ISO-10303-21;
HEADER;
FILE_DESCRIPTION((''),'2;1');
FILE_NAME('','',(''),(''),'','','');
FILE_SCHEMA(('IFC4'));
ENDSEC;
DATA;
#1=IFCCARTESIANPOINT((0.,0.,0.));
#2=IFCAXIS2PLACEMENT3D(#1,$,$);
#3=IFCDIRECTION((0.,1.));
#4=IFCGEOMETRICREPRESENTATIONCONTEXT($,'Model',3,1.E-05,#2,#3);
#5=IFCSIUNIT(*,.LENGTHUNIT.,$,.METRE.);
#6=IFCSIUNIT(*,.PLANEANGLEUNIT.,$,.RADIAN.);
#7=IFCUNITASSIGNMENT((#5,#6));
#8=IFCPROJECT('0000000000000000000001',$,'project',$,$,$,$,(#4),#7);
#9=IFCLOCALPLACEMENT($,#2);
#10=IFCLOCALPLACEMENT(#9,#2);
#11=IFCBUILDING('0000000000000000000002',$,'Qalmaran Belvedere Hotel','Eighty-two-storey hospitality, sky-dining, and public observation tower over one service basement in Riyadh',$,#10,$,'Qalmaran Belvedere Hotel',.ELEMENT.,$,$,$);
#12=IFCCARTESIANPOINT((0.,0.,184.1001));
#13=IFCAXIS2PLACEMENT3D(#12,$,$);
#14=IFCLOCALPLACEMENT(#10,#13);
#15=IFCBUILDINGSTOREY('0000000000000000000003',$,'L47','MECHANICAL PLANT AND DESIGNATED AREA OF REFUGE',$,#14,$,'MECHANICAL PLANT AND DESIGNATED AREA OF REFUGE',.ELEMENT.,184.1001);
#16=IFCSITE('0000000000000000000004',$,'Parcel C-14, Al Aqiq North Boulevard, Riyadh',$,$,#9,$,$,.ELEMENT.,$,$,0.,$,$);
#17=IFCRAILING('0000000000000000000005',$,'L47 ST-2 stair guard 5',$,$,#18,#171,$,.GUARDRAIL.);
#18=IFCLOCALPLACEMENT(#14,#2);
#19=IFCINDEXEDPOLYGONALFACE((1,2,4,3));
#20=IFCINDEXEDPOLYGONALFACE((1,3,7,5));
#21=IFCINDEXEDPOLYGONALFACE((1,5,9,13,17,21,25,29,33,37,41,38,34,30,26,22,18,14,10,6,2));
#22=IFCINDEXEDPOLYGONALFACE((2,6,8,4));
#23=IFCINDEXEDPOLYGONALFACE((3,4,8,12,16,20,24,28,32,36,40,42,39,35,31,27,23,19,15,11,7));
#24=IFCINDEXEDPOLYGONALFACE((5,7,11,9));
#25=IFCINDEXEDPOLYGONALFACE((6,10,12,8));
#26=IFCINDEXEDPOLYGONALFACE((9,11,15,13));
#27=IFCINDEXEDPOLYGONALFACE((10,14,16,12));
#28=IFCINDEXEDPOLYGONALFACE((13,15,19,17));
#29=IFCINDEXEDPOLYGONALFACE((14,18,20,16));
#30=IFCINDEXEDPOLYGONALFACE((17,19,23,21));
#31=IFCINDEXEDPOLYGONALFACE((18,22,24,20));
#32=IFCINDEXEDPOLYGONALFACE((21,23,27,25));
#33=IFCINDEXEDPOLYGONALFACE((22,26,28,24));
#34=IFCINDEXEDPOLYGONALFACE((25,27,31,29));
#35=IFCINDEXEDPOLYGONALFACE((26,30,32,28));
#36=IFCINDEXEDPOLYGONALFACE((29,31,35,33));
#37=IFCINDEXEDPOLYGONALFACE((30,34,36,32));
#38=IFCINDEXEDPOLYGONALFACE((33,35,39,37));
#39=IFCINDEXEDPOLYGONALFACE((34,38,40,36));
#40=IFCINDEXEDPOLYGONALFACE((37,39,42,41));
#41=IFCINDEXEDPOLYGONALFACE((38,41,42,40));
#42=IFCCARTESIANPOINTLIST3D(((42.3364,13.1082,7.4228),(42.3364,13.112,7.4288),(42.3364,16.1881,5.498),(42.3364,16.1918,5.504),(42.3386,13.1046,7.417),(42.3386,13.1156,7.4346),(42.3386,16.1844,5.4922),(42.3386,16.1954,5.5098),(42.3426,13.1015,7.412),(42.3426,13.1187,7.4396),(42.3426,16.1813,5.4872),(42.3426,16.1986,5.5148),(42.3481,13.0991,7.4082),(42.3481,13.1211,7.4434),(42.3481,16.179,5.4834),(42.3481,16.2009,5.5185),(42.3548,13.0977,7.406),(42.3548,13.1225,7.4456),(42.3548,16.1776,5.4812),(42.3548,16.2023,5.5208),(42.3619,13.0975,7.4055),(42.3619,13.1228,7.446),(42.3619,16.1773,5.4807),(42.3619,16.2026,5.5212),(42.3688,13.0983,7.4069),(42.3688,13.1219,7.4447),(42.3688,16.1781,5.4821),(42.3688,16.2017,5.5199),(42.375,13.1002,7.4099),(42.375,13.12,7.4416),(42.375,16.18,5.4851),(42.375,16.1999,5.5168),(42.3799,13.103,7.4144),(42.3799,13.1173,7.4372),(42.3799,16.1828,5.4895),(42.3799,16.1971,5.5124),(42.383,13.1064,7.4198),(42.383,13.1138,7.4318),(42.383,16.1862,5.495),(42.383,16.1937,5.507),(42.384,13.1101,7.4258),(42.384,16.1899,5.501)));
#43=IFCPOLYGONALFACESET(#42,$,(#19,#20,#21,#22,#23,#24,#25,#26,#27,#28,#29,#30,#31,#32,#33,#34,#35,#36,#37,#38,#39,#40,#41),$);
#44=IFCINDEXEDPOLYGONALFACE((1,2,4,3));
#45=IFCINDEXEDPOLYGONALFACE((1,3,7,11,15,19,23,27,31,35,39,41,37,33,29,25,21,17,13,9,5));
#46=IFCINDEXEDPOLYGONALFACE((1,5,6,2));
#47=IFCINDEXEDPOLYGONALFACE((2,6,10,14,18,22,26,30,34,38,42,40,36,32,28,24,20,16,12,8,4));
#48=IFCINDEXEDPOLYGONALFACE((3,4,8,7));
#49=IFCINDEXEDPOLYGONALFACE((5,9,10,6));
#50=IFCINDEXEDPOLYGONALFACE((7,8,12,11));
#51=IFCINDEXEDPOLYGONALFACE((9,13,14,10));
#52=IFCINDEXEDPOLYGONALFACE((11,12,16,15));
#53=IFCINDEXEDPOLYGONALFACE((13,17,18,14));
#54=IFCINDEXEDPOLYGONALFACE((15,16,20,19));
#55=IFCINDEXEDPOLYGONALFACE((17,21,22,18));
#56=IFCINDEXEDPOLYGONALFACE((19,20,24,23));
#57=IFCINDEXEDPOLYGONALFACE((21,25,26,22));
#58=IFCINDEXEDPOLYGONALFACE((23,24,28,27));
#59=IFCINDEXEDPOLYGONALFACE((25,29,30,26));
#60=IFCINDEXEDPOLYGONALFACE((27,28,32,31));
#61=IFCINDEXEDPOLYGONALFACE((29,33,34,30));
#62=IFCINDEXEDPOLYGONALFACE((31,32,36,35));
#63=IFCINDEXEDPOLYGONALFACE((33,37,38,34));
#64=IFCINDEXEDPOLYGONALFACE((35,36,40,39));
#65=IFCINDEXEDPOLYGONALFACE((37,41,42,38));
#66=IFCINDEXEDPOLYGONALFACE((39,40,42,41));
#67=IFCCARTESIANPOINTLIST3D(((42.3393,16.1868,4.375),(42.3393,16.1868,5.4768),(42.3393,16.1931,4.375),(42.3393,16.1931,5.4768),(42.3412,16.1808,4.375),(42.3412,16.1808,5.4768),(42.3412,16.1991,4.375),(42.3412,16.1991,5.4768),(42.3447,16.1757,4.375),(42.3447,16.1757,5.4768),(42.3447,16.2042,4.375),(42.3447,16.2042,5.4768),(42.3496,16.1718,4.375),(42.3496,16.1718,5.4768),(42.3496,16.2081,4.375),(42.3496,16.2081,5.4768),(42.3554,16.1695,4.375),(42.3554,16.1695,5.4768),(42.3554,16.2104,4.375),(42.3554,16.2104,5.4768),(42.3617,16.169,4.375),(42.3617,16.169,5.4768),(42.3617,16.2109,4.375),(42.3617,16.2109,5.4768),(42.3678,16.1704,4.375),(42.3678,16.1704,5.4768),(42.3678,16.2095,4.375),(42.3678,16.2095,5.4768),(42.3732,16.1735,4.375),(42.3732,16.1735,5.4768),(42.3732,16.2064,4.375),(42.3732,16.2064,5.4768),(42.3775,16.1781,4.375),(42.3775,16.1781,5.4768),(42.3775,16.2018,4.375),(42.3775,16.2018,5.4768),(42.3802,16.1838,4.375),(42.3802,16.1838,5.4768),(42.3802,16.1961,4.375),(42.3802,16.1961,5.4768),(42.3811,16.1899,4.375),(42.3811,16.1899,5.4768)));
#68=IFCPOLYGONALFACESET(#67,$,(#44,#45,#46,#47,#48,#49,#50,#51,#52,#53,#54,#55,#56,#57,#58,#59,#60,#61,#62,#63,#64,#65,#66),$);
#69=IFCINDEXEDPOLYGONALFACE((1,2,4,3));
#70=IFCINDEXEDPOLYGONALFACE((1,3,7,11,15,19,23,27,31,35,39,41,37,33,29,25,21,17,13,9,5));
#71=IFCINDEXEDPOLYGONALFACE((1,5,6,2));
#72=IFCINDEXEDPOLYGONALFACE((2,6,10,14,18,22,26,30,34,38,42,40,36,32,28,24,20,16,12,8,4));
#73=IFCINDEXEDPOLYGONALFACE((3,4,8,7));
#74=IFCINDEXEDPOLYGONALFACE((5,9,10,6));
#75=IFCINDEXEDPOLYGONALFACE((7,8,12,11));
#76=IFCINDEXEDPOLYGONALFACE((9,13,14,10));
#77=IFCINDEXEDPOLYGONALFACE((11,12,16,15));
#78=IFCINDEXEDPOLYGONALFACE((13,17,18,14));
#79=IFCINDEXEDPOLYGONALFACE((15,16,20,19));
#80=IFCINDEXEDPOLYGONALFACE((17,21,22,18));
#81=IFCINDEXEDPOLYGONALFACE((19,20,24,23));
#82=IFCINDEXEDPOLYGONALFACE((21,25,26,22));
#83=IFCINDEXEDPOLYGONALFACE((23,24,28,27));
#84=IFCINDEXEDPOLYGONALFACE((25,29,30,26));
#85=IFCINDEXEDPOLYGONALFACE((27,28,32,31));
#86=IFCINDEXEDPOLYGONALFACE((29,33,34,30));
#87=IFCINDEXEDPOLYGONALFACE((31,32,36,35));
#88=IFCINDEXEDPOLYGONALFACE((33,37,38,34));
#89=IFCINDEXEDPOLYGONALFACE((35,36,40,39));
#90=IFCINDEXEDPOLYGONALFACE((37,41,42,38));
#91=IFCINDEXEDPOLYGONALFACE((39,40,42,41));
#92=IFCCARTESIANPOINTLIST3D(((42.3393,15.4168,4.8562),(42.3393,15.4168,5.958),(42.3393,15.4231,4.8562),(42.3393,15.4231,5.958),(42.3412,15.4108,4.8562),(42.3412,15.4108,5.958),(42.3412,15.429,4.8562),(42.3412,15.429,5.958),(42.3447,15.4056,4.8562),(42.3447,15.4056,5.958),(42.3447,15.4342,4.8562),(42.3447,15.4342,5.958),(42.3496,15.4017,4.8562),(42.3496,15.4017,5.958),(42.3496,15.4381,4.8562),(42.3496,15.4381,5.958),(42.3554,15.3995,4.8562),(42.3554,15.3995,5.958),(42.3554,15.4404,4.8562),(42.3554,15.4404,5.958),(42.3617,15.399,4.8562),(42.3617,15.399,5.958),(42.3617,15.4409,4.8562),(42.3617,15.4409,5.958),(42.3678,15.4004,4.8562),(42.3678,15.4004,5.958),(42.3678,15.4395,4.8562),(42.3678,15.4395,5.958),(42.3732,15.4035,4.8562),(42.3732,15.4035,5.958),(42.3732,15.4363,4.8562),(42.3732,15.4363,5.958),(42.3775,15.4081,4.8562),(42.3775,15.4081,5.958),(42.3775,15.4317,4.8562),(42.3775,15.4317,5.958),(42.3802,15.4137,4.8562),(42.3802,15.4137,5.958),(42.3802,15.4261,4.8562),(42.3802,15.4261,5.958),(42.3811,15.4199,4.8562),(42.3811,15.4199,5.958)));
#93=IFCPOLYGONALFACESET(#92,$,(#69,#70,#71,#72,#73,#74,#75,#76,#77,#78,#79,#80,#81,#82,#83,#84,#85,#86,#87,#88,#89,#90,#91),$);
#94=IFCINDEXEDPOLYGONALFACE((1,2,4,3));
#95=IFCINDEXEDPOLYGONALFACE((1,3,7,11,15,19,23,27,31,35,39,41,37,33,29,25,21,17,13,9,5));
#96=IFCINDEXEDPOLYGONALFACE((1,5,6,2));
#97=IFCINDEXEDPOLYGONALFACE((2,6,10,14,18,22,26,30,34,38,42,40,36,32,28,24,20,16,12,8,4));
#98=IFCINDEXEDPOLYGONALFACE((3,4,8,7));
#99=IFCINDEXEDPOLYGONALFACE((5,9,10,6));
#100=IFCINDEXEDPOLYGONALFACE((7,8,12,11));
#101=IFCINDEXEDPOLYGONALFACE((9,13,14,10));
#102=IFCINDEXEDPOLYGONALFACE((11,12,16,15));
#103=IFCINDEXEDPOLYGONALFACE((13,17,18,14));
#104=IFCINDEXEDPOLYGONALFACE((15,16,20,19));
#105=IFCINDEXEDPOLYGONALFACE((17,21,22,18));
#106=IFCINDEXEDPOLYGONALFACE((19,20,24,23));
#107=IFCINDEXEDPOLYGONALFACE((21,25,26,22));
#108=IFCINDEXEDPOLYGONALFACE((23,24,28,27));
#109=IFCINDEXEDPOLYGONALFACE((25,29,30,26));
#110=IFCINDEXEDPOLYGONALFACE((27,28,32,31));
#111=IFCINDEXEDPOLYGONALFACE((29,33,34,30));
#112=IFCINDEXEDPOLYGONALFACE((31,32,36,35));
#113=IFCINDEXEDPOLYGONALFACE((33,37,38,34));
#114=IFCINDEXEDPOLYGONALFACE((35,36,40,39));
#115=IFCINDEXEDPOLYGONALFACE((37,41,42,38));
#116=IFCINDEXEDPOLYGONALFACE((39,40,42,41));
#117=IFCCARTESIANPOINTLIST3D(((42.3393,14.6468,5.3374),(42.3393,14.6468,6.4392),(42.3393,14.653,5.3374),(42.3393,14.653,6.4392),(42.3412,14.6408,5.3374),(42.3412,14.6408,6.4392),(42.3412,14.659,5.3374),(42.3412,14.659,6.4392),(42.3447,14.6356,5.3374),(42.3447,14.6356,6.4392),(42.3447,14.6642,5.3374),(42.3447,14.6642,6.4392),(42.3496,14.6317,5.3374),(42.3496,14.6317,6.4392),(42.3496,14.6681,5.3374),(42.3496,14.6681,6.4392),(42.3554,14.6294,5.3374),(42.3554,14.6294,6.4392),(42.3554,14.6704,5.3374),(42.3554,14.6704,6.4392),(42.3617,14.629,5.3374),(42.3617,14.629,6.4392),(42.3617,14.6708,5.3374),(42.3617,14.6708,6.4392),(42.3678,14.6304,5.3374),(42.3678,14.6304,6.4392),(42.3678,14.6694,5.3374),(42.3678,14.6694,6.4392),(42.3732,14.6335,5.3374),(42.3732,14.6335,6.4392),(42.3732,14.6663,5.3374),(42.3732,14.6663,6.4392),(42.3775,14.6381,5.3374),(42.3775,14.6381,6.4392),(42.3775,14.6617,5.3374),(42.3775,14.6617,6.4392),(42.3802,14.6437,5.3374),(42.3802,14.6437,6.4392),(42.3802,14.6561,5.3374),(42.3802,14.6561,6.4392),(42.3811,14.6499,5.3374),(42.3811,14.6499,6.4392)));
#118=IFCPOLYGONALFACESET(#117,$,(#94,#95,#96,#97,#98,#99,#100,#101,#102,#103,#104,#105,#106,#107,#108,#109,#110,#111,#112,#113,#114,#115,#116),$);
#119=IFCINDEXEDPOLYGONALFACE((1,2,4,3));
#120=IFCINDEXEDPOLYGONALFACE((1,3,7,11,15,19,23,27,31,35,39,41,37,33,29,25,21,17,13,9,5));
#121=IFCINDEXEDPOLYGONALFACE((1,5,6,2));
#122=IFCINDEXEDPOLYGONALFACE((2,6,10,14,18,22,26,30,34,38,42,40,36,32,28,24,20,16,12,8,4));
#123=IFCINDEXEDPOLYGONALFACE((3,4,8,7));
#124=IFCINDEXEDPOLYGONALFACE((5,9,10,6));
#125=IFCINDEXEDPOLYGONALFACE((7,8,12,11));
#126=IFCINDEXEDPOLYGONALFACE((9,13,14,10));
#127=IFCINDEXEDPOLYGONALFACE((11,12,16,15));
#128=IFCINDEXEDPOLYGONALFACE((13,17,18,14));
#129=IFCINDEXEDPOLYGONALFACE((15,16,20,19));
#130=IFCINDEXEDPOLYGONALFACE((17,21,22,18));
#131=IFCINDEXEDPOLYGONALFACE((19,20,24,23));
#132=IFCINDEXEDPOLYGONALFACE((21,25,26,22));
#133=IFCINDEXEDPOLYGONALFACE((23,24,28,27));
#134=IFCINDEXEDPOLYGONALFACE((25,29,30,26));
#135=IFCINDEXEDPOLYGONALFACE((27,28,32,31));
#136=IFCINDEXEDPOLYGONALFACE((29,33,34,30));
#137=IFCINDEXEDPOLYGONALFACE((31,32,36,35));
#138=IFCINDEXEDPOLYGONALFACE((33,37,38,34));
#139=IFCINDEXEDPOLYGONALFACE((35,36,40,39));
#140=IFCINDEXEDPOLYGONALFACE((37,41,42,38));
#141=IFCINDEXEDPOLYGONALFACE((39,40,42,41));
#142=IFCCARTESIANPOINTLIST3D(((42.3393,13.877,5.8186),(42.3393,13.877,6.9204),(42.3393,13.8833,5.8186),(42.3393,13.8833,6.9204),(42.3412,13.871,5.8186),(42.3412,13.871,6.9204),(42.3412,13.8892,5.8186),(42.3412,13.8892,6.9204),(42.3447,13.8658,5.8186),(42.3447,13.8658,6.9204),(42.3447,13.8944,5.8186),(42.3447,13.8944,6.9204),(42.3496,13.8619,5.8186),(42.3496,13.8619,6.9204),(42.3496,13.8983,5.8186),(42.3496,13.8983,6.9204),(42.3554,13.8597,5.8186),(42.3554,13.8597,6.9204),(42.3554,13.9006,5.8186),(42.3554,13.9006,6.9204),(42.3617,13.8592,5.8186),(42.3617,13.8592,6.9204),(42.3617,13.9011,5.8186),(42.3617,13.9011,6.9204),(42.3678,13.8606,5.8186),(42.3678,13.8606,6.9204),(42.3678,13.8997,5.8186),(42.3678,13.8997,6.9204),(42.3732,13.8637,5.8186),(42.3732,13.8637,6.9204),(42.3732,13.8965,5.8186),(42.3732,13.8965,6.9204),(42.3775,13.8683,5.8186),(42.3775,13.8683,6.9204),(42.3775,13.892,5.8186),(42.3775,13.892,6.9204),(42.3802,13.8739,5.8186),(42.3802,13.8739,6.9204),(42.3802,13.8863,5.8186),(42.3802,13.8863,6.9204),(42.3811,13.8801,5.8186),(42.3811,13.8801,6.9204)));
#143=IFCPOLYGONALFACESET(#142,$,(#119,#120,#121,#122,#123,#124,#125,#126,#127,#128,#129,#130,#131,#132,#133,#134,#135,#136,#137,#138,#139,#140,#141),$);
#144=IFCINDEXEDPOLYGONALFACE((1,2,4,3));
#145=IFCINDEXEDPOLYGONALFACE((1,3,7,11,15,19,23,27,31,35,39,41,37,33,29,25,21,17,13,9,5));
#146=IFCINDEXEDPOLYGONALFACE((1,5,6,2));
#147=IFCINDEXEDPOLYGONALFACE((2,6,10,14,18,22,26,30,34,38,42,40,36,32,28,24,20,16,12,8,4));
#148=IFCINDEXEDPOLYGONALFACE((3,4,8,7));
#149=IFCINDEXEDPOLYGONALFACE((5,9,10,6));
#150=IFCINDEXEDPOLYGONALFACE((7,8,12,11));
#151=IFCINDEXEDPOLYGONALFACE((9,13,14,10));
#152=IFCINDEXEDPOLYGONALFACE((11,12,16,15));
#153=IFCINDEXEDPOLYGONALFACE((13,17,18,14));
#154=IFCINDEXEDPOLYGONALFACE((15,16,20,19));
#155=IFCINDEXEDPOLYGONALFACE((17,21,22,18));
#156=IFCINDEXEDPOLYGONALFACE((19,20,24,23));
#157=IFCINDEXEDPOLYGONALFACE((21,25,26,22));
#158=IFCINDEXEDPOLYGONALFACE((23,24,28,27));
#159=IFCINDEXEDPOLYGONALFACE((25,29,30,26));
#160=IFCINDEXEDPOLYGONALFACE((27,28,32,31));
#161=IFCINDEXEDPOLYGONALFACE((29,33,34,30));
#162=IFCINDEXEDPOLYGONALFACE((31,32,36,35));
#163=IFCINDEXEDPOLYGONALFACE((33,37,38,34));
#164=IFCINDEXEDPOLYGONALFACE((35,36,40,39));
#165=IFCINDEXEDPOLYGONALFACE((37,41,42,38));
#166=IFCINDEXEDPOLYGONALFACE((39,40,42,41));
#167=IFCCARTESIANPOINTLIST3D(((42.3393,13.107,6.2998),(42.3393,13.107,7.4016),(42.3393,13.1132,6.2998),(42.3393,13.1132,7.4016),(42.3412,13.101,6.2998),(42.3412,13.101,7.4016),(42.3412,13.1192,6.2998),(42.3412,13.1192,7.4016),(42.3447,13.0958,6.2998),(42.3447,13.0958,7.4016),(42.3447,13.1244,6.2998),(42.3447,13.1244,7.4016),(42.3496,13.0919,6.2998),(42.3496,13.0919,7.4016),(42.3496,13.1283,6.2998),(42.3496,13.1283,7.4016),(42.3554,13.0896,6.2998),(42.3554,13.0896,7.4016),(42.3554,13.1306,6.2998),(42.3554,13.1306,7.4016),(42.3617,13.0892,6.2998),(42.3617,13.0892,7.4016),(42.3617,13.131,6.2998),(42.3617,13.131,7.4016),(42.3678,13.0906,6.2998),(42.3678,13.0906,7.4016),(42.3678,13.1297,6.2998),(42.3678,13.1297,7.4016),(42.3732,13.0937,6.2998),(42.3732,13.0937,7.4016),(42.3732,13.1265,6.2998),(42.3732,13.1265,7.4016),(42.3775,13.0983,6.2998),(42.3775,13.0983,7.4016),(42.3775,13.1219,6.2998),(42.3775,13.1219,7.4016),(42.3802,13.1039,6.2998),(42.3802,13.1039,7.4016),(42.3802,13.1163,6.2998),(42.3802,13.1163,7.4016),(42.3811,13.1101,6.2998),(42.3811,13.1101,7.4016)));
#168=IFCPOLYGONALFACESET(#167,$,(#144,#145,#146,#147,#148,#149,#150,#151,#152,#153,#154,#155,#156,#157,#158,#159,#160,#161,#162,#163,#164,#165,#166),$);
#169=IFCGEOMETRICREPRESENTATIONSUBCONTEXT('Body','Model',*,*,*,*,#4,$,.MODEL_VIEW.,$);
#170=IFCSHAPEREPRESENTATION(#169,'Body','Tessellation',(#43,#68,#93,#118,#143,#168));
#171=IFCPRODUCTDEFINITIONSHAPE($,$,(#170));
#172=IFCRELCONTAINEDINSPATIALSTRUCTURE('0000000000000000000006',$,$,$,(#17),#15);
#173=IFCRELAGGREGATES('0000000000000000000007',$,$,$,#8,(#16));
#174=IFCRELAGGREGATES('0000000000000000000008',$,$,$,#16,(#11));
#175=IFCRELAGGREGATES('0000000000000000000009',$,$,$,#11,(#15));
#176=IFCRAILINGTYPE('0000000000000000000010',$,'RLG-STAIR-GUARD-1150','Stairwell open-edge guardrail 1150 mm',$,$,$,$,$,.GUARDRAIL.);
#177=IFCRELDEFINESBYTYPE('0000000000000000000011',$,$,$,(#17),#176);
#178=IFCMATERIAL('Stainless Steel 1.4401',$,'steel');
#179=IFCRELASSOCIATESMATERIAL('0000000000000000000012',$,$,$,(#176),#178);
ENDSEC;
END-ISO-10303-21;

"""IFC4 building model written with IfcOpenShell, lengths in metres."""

from ifc_helpers import new_model, si_unit, direction, frame, origin, origin_2d, place, context, subcontext, project, spatial, circle, extrude, material, type_object, element, save


model = new_model("IFC4")

# Units and contexts
model_context = context("Model", 3, precision=1e-05, world=origin(), true_north=direction((0.0, 1.0)))
body_context = subcontext(model_context, "Body", "Model", "MODEL_VIEW")
ifc_project = project(units=[si_unit("LENGTHUNIT", "METRE"), si_unit("PLANEANGLEUNIT", "RADIAN")], contexts=[model_context])

# Site, building, storey
site_placement = place(None, origin())
site = spatial("IfcSite", under=ifc_project, at=site_placement, Name="Parcel C-14, Al Aqiq North Boulevard, Riyadh", CompositionType="ELEMENT", RefElevation=0.0)
building_placement = place(site_placement, origin())
building = spatial("IfcBuilding", under=site, at=building_placement, Name="Qalmaran Belvedere Hotel", Description="Eighty-two-storey hospitality, sky-dining, and public observation tower over one service basement in Riyadh", LongName="Qalmaran Belvedere Hotel", CompositionType="ELEMENT")
storey_placement = place(building_placement, frame((0.0, 0.0, 184.1001)))
storey = spatial("IfcBuildingStorey", under=building, at=storey_placement, Name="L47", Description="MECHANICAL PLANT AND DESIGNATED AREA OF REFUGE", LongName="MECHANICAL PLANT AND DESIGNATED AREA OF REFUGE", CompositionType="ELEMENT", Elevation=184.1001)

# Shared definitions
ifc_material_1 = material(Name="Stainless Steel 1.4401", Category="steel")

# Railing
railing_type_1 = type_object("IfcRailingType", Name="RLG-STAIR-GUARD-1150", Description="Stairwell open-edge guardrail 1150 mm", PredefinedType="GUARDRAIL", material=ifc_material_1)
railing_1_placement = place(storey_placement, frame((42.3601, 16.1899, 4.375)))
element("IfcRailing", 1, at=railing_1_placement, inside=storey, type_object=railing_type_1, Name="L47 ST-2 stair guard 5", PredefinedType="GUARDRAIL", context=body_context, shape_type="SweptSolid", body=[
    extrude(circle(Radius=0.0239, at=origin_2d()), frame((0.0, 0.0, 1.126), z_axis=(0.0, -0.84801, 0.529981), x_axis=(1.0, 0.0, 0.0)), (0.0, 0.0, 1.0), 3.6318),
    extrude(circle(Radius=0.021, at=origin_2d()), origin(), (0.0, 0.0, 1.0), 1.1018),
    extrude(circle(Radius=0.021, at=origin_2d()), frame((0.0, -0.77, 0.4812)), (0.0, 0.0, 1.0), 1.1018),
    extrude(circle(Radius=0.021, at=origin_2d()), frame((0.0, -1.54, 0.9624)), (0.0, 0.0, 1.0), 1.1018),
    extrude(circle(Radius=0.021, at=origin_2d()), frame((0.0, -2.3098, 1.4436)), (0.0, 0.0, 1.0), 1.1018),
    extrude(circle(Radius=0.021, at=origin_2d()), frame((0.0, -3.0798, 1.9248)), (0.0, 0.0, 1.0), 1.1018),
])

save(model, "model.ifc")
